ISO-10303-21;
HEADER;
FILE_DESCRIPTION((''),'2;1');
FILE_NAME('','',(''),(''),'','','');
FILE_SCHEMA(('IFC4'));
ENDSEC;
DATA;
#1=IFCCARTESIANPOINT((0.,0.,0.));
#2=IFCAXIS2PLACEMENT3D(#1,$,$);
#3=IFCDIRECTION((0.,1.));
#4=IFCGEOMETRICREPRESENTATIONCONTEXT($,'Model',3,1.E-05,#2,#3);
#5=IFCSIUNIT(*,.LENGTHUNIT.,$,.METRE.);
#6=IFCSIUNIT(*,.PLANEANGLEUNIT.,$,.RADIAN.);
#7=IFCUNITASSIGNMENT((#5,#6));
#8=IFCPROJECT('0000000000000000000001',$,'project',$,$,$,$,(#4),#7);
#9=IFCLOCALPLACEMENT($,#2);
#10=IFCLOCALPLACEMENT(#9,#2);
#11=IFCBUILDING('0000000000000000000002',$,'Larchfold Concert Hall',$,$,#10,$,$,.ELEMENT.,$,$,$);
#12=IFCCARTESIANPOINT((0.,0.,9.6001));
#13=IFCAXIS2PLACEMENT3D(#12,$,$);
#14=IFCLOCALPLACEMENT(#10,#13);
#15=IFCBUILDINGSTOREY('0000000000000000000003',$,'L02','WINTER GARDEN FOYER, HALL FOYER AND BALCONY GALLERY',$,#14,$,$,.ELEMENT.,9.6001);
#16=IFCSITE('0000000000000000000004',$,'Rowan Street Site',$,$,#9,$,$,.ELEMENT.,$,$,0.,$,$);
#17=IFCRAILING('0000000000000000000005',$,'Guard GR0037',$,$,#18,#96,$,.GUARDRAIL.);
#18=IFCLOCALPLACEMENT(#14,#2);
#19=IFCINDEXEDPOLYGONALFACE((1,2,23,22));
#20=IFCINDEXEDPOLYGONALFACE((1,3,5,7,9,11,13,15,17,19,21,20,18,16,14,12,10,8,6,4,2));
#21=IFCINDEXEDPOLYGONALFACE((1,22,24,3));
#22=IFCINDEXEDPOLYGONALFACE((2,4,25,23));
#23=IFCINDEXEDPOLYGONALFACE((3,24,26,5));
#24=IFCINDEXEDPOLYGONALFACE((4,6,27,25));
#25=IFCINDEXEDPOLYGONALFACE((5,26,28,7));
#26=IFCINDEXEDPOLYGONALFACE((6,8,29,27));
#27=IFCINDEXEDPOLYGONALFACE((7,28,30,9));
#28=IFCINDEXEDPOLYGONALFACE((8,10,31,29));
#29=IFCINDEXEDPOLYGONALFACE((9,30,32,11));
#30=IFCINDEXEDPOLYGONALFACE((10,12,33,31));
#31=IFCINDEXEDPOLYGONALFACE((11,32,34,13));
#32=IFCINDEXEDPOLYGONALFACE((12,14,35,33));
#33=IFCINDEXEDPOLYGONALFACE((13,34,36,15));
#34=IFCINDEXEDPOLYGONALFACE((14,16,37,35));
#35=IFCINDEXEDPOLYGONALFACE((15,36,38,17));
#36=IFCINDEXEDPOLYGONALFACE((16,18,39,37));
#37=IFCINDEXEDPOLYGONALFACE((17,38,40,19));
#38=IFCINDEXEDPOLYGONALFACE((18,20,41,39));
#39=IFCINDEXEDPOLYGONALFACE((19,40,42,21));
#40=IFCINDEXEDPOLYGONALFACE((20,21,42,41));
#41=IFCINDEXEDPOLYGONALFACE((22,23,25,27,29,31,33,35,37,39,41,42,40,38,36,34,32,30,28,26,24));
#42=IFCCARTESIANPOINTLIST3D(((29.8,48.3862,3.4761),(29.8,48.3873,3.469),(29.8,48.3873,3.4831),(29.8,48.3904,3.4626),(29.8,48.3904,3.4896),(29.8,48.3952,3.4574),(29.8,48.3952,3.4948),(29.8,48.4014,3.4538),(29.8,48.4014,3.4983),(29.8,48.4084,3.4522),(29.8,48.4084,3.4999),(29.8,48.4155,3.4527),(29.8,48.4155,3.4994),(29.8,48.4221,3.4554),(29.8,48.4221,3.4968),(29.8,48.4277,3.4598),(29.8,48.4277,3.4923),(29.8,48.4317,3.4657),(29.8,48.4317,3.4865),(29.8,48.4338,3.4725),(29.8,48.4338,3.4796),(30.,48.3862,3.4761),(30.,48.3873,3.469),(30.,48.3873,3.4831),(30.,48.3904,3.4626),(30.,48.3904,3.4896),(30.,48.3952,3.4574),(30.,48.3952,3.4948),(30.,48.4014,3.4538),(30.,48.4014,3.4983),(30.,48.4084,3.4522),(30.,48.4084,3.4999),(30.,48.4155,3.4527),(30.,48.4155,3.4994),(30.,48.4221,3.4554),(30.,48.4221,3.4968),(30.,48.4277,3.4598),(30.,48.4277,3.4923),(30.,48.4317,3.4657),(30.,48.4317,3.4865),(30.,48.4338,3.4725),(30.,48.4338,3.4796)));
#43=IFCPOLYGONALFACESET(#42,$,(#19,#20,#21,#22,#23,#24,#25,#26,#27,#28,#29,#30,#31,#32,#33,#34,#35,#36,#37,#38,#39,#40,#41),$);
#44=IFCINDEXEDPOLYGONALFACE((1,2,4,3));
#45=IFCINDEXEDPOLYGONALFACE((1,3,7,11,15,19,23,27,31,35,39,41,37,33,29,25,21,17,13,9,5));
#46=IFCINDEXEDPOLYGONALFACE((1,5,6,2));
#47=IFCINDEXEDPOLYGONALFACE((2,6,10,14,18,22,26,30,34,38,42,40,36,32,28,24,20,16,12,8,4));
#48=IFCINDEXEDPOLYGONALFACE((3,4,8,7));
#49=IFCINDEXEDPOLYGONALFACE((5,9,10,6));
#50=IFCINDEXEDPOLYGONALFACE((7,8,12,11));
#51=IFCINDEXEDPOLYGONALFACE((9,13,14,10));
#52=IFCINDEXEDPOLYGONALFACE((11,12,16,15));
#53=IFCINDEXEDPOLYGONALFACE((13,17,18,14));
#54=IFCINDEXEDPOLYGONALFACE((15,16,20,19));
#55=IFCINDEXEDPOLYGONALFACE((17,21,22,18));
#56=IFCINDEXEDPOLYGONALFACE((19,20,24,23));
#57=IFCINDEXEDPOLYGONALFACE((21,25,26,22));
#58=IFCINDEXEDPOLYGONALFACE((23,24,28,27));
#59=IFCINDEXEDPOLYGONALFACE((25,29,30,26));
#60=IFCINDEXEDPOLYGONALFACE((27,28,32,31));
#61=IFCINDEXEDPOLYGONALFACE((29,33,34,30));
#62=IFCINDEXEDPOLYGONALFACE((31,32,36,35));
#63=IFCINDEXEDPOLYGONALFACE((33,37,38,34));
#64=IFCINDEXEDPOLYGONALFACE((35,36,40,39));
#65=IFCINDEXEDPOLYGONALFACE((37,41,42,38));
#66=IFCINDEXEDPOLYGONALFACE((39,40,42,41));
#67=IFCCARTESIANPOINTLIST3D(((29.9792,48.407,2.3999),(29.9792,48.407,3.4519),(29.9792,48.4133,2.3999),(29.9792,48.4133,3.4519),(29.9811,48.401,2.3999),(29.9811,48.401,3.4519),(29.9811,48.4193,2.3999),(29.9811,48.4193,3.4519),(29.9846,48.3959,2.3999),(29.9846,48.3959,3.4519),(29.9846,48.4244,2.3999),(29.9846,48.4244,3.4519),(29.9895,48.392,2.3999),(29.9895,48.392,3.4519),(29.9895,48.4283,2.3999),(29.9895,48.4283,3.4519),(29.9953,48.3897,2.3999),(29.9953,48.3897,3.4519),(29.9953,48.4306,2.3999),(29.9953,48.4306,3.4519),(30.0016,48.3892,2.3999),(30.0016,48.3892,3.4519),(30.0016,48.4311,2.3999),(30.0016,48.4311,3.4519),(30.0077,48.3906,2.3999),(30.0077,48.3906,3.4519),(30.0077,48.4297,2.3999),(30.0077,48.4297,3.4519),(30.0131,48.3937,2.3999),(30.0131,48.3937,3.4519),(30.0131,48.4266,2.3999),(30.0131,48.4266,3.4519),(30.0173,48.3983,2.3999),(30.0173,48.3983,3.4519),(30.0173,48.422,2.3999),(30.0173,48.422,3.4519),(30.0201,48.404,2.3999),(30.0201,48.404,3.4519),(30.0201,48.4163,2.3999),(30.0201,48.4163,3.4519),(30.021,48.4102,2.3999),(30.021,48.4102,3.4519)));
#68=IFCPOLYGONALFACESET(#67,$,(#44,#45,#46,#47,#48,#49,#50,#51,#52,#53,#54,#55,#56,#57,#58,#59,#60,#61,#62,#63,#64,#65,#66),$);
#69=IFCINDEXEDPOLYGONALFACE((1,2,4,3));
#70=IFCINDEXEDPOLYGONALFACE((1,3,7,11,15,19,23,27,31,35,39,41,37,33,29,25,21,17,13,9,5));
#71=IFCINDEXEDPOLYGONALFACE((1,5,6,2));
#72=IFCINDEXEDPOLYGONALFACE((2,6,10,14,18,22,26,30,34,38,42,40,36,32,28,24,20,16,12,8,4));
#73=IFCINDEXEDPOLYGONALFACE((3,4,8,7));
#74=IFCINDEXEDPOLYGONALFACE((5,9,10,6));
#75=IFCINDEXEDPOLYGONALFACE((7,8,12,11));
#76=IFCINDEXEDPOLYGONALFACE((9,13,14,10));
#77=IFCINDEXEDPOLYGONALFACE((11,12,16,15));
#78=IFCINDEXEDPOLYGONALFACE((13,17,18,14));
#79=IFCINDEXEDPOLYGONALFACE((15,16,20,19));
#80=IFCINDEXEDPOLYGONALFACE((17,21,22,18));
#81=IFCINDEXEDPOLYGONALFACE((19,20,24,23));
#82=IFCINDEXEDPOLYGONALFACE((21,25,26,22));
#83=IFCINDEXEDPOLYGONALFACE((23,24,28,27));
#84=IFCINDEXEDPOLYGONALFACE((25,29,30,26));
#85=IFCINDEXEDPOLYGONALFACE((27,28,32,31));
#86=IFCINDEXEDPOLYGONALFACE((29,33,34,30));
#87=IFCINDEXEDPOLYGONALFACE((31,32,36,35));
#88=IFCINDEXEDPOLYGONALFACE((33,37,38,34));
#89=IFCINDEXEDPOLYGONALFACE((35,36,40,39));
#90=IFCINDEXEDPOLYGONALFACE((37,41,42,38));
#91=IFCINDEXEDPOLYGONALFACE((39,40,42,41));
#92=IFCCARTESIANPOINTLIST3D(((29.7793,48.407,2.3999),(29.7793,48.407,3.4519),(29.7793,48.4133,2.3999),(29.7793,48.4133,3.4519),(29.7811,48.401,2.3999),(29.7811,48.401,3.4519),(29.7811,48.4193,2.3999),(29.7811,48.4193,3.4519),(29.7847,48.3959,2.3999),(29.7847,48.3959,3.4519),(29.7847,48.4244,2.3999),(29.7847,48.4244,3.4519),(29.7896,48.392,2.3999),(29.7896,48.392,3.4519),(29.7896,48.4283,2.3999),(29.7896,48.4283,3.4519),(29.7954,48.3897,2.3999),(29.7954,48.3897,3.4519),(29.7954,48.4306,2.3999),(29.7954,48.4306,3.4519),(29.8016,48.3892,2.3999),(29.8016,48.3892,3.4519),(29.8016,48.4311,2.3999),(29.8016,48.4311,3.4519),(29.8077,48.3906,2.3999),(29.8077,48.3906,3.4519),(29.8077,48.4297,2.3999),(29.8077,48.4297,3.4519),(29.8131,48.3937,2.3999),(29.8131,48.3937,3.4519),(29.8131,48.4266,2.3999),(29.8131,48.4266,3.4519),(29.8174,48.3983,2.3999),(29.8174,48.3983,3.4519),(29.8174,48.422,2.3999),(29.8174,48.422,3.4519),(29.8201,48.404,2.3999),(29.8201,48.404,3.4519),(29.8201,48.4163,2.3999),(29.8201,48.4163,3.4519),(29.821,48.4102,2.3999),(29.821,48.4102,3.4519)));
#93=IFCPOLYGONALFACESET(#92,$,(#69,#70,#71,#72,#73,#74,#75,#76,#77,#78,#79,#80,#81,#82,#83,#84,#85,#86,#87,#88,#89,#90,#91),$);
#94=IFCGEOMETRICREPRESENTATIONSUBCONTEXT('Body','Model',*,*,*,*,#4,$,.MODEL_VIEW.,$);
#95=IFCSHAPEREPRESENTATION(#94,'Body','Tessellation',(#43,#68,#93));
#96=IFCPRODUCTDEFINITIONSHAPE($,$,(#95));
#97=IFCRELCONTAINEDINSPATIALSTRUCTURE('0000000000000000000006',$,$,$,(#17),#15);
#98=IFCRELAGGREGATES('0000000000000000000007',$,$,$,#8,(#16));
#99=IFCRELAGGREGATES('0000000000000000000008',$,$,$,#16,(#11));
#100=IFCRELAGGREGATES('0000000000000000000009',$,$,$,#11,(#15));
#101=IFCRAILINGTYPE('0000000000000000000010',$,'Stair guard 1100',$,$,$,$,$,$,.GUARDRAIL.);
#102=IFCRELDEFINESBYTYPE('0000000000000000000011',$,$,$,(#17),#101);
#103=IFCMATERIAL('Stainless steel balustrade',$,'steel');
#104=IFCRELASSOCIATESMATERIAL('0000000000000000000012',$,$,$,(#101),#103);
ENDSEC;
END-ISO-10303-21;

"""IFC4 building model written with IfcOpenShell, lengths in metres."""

from ifc_helpers import new_model, si_unit, direction, frame, origin, origin_2d, place, context, subcontext, project, spatial, circle, extrude, material, type_object, element, save


model = new_model("IFC4")

# Units and contexts
model_context = context("Model", 3, precision=1e-05, world=origin(), true_north=direction((0.0, 1.0)))
body_context = subcontext(model_context, "Body", "Model", "MODEL_VIEW")
ifc_project = project(units=[si_unit("LENGTHUNIT", "METRE"), si_unit("PLANEANGLEUNIT", "RADIAN")], contexts=[model_context])

# Site, building, storey
site_placement = place(None, origin())
site = spatial("IfcSite", under=ifc_project, at=site_placement, Name="Rowan Street Site", CompositionType="ELEMENT", RefElevation=0.0)
building_placement = place(site_placement, origin())
building = spatial("IfcBuilding", under=site, at=building_placement, Name="Larchfold Concert Hall", CompositionType="ELEMENT")
storey_placement = place(building_placement, frame((0.0, 0.0, 9.6001)))
storey = spatial("IfcBuildingStorey", under=building, at=storey_placement, Name="L02", Description="WINTER GARDEN FOYER, HALL FOYER AND BALCONY GALLERY", CompositionType="ELEMENT", Elevation=9.6001)

# Railing
ifc_material_1 = material(Name="Stainless steel balustrade", Category="steel")
railing_type_1 = type_object("IfcRailingType", Name="Stair guard 1100", PredefinedType="GUARDRAIL", material=ifc_material_1)
railing_1_placement = place(storey_placement, frame((30.0, 48.4102, 2.3999)))
element("IfcRailing", 1, at=railing_1_placement, inside=storey, type_object=railing_type_1, Name="Guard GR0037", PredefinedType="GUARDRAIL", context=body_context, shape_type="SweptSolid", body=[
    extrude(circle(Radius=0.0239, at=origin_2d()), frame((0.0, 0.0, 1.0762), z_axis=(-1.0, 0.0, 0.0), x_axis=(0.0, -1.0, 0.0)), (0.0, 0.0, 1.0), 0.2),
    extrude(circle(Radius=0.021, at=origin_2d()), origin(), (0.0, 0.0, 1.0), 1.052),
    extrude(circle(Radius=0.021, at=origin_2d()), frame((-0.2, 0.0, 0.0)), (0.0, 0.0, 1.0), 1.052),
])

save(model, "model.ifc")
